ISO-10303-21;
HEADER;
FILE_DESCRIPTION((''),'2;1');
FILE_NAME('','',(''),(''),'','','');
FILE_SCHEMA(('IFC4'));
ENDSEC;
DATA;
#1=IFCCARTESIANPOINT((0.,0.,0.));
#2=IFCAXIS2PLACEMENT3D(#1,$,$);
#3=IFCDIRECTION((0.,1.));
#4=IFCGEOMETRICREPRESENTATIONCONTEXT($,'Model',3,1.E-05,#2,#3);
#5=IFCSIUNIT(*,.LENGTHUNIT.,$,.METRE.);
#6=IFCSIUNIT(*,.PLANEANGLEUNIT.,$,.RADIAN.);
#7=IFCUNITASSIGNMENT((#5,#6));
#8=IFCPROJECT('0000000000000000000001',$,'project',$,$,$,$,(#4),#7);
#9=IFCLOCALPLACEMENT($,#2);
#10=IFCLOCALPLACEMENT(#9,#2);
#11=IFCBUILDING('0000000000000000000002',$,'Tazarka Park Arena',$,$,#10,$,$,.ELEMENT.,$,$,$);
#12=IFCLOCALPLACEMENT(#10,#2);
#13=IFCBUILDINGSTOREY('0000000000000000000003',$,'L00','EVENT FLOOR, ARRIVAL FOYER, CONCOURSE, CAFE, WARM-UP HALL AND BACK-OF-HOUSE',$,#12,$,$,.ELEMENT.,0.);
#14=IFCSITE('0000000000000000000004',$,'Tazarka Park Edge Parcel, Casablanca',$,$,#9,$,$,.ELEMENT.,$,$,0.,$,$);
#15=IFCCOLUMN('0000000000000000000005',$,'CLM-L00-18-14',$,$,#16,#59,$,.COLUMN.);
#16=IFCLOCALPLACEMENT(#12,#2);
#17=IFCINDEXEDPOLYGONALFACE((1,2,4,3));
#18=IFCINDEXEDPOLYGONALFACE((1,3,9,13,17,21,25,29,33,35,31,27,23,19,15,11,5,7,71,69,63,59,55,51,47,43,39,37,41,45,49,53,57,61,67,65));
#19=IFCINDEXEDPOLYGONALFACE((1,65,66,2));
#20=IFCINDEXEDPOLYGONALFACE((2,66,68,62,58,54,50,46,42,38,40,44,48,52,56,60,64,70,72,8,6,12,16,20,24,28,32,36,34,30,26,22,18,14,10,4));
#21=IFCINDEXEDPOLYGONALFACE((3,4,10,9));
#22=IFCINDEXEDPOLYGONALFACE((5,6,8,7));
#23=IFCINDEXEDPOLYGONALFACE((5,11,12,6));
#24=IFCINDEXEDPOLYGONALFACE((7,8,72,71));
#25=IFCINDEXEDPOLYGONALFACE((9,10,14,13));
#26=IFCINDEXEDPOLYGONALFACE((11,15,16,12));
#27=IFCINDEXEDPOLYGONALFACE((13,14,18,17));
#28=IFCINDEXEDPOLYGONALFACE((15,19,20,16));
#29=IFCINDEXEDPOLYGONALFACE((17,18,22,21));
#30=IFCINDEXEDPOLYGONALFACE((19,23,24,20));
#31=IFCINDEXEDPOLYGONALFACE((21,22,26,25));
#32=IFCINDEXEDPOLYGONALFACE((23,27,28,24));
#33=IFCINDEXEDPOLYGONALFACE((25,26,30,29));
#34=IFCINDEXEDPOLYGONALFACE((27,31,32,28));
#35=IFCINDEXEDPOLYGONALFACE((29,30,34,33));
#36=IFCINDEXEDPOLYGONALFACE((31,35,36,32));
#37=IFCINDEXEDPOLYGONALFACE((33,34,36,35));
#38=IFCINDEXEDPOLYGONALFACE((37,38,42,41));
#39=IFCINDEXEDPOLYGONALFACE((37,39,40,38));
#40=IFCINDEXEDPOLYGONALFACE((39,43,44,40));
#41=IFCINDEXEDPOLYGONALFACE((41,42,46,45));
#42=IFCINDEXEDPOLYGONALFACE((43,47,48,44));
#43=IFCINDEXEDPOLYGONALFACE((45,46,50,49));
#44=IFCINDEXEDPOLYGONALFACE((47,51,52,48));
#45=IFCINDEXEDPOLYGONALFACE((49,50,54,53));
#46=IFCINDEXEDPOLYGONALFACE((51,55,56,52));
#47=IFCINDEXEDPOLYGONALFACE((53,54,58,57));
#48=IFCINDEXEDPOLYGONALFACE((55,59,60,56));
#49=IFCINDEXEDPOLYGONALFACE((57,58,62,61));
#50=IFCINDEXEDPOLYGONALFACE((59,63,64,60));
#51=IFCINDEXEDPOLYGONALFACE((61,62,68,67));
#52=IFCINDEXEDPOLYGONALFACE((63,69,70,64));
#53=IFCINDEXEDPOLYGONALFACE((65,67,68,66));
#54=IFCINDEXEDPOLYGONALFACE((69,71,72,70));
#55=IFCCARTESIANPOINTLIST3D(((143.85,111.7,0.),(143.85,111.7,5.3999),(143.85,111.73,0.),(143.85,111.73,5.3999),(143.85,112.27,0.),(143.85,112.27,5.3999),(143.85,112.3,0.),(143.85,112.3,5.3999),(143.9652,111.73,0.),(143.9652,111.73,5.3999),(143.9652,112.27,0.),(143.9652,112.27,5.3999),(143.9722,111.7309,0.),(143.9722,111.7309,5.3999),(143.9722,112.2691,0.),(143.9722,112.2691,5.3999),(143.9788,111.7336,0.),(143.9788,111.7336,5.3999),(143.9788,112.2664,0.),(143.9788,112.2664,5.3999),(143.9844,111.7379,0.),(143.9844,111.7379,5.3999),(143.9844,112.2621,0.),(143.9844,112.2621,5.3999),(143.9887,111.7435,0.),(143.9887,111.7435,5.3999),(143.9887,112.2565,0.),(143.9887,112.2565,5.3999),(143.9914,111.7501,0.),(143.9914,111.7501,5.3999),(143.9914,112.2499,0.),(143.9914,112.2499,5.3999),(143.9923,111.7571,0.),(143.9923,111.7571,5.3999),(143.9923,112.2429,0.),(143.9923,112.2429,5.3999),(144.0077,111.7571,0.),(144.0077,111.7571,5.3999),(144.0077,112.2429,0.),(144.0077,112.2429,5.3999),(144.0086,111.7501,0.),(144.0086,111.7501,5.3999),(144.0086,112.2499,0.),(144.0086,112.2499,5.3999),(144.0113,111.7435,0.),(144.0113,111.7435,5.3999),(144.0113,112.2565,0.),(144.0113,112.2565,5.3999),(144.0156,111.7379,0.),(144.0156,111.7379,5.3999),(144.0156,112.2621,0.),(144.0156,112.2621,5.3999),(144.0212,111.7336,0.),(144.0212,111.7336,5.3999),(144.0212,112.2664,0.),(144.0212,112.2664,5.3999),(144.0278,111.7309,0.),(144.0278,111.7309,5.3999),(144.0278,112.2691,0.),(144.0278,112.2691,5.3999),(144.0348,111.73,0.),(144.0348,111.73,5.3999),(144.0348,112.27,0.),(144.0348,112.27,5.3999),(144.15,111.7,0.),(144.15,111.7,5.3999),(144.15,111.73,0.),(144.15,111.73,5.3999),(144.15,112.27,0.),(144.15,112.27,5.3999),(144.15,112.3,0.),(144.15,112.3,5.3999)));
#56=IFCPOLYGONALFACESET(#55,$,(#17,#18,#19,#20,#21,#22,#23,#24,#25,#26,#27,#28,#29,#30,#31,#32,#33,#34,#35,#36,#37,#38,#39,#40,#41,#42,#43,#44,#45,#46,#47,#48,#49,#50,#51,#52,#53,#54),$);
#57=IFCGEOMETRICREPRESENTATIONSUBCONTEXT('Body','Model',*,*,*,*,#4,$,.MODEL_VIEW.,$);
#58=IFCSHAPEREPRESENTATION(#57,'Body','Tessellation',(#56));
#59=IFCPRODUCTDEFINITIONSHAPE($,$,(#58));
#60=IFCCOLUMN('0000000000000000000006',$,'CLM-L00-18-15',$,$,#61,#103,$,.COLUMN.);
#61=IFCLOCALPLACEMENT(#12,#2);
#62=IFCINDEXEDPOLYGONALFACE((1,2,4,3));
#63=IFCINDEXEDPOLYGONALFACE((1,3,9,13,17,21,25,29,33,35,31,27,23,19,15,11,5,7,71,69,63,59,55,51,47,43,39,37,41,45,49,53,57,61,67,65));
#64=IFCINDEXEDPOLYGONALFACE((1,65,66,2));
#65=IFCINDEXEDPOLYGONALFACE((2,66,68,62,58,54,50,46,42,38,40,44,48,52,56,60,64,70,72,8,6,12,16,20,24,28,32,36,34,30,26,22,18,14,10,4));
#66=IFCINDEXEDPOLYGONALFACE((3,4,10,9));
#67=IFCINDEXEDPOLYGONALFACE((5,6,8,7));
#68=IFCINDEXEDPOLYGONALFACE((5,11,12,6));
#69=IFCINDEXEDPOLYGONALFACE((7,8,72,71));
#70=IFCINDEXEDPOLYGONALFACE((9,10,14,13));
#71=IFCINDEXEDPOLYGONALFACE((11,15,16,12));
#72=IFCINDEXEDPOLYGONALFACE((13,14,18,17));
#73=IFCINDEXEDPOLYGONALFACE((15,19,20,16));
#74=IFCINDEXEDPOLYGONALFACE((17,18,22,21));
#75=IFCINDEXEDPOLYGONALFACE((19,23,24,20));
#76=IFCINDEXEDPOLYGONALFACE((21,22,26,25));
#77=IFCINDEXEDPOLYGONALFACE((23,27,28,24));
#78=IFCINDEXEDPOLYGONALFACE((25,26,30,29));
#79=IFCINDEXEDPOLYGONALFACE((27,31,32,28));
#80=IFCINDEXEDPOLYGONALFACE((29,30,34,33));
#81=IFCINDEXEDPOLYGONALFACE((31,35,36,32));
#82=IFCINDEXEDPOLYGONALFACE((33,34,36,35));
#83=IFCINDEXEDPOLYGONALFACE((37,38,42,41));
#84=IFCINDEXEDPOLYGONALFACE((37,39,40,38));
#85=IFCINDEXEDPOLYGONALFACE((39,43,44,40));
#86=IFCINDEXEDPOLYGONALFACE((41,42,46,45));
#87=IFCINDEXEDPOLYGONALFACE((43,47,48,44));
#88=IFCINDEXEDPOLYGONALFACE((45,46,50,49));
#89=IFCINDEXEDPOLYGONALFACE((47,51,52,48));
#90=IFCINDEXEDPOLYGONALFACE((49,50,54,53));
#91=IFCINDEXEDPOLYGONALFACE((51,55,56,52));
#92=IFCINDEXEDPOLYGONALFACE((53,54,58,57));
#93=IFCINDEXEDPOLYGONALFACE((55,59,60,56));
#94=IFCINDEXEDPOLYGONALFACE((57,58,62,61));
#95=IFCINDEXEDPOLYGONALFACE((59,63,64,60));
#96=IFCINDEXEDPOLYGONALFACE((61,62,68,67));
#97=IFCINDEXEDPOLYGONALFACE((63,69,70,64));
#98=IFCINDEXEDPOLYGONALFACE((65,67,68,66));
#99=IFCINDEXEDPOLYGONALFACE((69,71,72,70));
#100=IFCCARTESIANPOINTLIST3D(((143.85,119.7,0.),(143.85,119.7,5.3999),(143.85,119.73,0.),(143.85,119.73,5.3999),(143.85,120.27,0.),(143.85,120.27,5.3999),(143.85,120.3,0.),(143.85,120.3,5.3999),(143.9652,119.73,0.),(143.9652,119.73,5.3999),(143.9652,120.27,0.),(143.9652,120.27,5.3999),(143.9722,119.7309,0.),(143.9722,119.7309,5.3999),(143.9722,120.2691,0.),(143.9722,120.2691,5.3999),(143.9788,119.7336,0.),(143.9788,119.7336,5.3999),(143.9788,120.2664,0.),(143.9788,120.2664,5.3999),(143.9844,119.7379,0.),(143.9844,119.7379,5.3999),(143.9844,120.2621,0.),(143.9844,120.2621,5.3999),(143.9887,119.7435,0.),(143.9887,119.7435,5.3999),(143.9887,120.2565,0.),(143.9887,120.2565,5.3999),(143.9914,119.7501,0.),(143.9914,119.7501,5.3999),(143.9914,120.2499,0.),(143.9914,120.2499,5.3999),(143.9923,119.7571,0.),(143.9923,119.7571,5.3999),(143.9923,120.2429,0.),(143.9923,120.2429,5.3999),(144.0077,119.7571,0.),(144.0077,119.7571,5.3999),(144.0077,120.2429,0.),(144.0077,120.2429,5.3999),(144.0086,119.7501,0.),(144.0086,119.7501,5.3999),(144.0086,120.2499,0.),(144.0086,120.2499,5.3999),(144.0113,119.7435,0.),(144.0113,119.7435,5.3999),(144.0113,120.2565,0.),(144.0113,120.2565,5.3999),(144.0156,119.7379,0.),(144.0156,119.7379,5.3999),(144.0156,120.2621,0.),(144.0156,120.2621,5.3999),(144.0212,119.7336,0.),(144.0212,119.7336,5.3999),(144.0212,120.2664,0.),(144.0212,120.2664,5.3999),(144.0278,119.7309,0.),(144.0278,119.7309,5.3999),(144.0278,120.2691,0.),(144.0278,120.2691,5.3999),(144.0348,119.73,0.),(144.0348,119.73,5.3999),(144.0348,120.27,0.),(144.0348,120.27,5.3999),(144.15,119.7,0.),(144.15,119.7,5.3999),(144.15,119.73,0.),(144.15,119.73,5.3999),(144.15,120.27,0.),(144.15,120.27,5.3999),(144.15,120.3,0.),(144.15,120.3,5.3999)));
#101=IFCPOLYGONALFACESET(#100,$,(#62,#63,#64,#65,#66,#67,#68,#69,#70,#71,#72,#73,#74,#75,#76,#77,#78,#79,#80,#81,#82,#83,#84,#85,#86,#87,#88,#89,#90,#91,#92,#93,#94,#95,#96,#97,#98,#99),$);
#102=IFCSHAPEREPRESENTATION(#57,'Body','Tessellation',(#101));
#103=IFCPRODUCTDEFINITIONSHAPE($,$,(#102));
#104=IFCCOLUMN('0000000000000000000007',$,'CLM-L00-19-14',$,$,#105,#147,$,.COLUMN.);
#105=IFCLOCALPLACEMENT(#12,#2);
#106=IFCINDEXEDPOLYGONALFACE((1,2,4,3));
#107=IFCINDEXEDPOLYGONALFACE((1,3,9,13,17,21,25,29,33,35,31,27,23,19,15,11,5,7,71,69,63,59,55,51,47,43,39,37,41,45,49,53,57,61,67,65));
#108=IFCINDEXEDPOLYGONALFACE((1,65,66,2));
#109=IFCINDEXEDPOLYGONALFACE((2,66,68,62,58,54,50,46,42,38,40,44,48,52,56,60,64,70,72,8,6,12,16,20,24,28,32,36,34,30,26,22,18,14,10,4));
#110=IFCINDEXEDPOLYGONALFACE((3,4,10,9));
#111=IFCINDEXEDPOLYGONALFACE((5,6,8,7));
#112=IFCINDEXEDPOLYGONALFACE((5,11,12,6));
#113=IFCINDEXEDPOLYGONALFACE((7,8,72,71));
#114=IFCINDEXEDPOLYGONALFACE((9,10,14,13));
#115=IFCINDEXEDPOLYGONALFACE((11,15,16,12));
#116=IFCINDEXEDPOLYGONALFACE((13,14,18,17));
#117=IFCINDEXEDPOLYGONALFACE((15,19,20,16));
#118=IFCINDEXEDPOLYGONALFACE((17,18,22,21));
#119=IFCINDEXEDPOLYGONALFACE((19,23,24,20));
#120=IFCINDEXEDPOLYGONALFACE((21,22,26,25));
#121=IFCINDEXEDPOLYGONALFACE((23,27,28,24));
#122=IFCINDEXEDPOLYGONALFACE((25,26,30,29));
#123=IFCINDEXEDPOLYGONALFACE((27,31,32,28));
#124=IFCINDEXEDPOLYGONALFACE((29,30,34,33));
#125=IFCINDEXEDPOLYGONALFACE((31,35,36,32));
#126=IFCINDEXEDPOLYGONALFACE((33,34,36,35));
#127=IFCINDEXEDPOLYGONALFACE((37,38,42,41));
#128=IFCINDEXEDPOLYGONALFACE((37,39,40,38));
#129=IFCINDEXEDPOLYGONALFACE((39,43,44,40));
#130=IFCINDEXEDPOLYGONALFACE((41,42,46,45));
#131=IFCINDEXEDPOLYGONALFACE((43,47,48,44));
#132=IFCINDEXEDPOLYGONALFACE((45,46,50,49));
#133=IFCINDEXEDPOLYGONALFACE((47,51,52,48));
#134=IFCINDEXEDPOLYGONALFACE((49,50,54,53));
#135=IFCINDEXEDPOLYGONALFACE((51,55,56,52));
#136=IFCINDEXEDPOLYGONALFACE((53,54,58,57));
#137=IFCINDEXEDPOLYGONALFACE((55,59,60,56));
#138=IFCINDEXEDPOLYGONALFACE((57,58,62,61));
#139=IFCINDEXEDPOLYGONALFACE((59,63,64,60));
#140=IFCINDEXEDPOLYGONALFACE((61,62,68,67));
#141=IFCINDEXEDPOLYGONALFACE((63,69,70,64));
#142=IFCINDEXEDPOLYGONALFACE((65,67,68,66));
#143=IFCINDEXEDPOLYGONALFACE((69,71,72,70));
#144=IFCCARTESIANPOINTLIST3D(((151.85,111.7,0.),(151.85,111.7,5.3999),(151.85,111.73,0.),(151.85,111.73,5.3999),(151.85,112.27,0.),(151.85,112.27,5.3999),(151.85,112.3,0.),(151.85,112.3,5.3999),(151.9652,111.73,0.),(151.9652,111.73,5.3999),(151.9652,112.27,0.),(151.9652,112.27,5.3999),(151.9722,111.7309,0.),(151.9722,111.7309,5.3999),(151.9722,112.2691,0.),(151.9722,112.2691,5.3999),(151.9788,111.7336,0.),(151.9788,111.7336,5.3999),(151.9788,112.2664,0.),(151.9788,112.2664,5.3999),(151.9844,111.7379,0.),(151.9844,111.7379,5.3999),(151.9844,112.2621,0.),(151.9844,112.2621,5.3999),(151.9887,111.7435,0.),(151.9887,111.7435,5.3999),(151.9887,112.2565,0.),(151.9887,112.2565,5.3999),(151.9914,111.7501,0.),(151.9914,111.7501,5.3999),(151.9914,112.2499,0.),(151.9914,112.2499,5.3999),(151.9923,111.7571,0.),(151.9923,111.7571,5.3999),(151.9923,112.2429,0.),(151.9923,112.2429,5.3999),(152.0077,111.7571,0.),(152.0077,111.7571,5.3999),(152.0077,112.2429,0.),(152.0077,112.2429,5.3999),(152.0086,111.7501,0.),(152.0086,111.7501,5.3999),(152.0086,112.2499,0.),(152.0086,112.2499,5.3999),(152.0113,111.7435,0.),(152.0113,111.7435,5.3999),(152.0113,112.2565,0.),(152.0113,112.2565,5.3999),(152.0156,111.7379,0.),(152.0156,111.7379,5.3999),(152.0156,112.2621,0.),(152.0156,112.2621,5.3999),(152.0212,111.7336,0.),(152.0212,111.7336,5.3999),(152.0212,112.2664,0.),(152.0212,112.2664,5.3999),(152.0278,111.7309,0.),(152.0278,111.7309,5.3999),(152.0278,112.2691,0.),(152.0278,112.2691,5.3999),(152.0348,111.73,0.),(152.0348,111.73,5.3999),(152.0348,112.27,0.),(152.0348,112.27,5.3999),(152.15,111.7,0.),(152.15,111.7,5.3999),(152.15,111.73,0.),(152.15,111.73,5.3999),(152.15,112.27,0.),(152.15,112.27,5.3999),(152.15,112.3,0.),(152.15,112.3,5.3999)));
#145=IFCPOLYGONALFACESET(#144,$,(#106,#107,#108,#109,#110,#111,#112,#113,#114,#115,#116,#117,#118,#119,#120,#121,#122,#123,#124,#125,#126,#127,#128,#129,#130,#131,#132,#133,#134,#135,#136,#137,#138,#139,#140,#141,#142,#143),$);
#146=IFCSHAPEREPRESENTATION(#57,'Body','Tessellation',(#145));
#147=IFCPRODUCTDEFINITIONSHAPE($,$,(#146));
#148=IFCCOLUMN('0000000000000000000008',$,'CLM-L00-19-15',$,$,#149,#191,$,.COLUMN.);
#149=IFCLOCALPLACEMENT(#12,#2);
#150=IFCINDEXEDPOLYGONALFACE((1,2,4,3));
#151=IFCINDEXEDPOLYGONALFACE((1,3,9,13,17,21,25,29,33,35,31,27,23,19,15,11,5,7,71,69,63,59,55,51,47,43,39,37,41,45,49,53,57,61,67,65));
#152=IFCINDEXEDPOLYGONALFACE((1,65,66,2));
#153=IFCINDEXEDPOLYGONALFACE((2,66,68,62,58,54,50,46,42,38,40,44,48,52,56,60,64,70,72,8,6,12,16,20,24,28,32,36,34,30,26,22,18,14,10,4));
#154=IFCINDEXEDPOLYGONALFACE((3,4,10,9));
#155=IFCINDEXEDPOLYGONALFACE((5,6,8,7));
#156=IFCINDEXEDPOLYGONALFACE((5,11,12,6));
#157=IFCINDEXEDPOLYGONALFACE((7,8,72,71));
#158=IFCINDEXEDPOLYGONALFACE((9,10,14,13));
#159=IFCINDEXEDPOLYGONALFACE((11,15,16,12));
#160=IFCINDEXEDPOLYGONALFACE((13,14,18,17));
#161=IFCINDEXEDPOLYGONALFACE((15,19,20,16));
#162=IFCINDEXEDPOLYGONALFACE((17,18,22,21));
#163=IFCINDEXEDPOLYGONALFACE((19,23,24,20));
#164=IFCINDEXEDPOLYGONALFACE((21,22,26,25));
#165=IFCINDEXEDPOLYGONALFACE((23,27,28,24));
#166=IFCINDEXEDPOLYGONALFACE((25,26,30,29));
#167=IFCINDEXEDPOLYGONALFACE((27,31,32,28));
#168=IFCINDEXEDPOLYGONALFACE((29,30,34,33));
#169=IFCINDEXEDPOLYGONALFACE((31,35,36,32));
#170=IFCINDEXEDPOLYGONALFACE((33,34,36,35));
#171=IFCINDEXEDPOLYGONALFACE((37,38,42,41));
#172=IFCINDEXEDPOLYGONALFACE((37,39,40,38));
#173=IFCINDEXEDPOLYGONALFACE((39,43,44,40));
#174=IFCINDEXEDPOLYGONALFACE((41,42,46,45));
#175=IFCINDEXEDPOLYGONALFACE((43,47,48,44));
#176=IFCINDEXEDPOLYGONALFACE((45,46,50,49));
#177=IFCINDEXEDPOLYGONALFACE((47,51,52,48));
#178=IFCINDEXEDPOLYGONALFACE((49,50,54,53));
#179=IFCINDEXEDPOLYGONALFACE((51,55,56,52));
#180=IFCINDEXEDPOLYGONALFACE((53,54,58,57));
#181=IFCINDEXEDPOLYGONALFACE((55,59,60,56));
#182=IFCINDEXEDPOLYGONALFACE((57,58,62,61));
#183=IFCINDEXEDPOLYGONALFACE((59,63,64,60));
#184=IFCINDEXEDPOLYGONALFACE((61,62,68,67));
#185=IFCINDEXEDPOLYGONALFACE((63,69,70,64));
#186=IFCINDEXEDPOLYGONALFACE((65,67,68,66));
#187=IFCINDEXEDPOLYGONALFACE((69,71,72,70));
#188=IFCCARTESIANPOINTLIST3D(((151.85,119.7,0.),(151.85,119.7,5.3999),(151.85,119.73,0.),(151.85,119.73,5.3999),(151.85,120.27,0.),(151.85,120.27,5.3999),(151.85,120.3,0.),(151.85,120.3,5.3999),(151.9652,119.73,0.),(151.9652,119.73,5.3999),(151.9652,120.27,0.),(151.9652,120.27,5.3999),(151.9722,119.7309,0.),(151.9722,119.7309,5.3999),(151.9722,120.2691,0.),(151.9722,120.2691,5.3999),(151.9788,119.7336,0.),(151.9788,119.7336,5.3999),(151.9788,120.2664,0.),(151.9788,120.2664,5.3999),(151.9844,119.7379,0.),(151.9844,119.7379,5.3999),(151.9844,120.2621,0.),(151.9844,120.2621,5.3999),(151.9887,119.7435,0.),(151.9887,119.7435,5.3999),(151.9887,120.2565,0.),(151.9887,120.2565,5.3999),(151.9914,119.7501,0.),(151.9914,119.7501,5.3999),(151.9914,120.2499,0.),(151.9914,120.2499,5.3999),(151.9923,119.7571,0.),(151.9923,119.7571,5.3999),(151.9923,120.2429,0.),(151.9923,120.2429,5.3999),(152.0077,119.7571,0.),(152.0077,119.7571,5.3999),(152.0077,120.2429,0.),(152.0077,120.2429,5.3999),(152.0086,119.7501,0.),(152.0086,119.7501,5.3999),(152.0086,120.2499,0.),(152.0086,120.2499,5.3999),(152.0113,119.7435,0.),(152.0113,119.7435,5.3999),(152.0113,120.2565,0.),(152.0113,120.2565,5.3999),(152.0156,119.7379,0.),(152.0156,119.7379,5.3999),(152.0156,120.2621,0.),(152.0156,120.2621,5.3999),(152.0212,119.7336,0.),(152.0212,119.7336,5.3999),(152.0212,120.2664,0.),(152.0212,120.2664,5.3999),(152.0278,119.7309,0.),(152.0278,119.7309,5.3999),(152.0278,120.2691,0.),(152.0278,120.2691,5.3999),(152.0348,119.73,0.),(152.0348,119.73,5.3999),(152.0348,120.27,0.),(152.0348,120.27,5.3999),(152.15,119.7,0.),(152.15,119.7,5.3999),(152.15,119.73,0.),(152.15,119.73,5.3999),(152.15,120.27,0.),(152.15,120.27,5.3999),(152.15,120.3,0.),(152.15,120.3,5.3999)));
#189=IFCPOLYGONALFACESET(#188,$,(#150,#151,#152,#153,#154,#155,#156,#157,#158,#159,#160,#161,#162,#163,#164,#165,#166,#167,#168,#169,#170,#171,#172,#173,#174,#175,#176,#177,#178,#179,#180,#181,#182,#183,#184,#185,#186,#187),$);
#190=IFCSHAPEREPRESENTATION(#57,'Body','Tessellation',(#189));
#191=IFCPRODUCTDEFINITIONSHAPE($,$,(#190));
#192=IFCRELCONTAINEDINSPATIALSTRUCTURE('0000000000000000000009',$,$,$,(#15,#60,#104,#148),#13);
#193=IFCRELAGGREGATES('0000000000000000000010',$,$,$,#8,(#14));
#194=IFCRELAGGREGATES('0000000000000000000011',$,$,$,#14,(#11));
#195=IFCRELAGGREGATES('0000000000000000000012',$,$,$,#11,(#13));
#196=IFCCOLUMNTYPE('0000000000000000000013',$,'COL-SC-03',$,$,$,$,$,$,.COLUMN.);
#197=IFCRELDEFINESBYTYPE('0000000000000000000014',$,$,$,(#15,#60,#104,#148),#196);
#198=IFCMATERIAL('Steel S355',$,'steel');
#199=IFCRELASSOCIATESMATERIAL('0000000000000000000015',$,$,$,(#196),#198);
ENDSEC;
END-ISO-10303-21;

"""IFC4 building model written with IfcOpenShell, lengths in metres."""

from ifc_helpers import new_model, si_unit, direction, frame, origin, origin_2d, place, context, subcontext, project, spatial, i_section, extrude, material, material_profile, profile_set, type_object, element, save


model = new_model("IFC4")

# Units and contexts
model_context = context("Model", 3, precision=1e-05, world=origin(), true_north=direction((0.0, 1.0)))
body_context = subcontext(model_context, "Body", "Model", "MODEL_VIEW")
ifc_project = project(units=[si_unit("LENGTHUNIT", "METRE"), si_unit("PLANEANGLEUNIT", "RADIAN")], contexts=[model_context])

# Site, building, storey
site_placement = place(None, origin())
site = spatial("IfcSite", under=ifc_project, at=site_placement, Name="Tazarka Park Edge Parcel, Casablanca", CompositionType="ELEMENT", RefElevation=0.0)
building_placement = place(site_placement, origin())
building = spatial("IfcBuilding", under=site, at=building_placement, Name="Tazarka Park Arena", CompositionType="ELEMENT")
storey_placement = place(building_placement, origin())
storey = spatial("IfcBuildingStorey", under=building, at=storey_placement, Name="L00", Description="EVENT FLOOR, ARRIVAL FOYER, CONCOURSE, CAFE, WARM-UP HALL AND BACK-OF-HOUSE", CompositionType="ELEMENT", Elevation=0.0)

# Columns
ifc_material_1 = material(Name="Steel S355", Category="steel")
ifc_material_profile_1 = material_profile(ifc_material_1, i_section(OverallWidth=0.3, OverallDepth=0.6001, WebThickness=0.0154, FlangeThickness=0.03, FilletRadius=0.0271, at=origin_2d()), Name="Steel S355")
ifc_profile_set_1 = profile_set([ifc_material_profile_1], Name="Steel S355")
column_type_1 = type_object("IfcColumnType", Name="COL-SC-03", PredefinedType="COLUMN", material=ifc_profile_set_1)
for number, where, z_axis, x_axis, name in (
    (1, (144.0, 112.0, 0.0), (0.0, 0.0, 1.0), (1.0, 0.0, 0.0), "CLM-L00-18-14"),
    (2, (144.0, 120.0, 0.0), (0.0, 0.0, 1.0), (1.0, 0.0, 0.0), "CLM-L00-18-15"),
    (3, (152.0, 112.0, 0.0), (0.0, 0.0, 1.0), (1.0, 0.0, 0.0), "CLM-L00-19-14"),
    (4, (152.0, 120.0, 0.0), (0.0, 0.0, 1.0), (1.0, 0.0, 0.0), "CLM-L00-19-15"),
):
    element("IfcColumn", number, at=place(storey_placement, frame(where, z_axis=z_axis, x_axis=x_axis)), inside=storey, type_object=column_type_1, Name=name, PredefinedType="COLUMN", context=body_context, shape_type="SweptSolid", body=[
        extrude(i_section(OverallWidth=0.3, OverallDepth=0.6001, WebThickness=0.0154, FlangeThickness=0.03, FilletRadius=0.0271, at=origin_2d()), origin(), (0.0, 0.0, 1.0), 5.3999),
    ])

save(model, "model.ifc")
